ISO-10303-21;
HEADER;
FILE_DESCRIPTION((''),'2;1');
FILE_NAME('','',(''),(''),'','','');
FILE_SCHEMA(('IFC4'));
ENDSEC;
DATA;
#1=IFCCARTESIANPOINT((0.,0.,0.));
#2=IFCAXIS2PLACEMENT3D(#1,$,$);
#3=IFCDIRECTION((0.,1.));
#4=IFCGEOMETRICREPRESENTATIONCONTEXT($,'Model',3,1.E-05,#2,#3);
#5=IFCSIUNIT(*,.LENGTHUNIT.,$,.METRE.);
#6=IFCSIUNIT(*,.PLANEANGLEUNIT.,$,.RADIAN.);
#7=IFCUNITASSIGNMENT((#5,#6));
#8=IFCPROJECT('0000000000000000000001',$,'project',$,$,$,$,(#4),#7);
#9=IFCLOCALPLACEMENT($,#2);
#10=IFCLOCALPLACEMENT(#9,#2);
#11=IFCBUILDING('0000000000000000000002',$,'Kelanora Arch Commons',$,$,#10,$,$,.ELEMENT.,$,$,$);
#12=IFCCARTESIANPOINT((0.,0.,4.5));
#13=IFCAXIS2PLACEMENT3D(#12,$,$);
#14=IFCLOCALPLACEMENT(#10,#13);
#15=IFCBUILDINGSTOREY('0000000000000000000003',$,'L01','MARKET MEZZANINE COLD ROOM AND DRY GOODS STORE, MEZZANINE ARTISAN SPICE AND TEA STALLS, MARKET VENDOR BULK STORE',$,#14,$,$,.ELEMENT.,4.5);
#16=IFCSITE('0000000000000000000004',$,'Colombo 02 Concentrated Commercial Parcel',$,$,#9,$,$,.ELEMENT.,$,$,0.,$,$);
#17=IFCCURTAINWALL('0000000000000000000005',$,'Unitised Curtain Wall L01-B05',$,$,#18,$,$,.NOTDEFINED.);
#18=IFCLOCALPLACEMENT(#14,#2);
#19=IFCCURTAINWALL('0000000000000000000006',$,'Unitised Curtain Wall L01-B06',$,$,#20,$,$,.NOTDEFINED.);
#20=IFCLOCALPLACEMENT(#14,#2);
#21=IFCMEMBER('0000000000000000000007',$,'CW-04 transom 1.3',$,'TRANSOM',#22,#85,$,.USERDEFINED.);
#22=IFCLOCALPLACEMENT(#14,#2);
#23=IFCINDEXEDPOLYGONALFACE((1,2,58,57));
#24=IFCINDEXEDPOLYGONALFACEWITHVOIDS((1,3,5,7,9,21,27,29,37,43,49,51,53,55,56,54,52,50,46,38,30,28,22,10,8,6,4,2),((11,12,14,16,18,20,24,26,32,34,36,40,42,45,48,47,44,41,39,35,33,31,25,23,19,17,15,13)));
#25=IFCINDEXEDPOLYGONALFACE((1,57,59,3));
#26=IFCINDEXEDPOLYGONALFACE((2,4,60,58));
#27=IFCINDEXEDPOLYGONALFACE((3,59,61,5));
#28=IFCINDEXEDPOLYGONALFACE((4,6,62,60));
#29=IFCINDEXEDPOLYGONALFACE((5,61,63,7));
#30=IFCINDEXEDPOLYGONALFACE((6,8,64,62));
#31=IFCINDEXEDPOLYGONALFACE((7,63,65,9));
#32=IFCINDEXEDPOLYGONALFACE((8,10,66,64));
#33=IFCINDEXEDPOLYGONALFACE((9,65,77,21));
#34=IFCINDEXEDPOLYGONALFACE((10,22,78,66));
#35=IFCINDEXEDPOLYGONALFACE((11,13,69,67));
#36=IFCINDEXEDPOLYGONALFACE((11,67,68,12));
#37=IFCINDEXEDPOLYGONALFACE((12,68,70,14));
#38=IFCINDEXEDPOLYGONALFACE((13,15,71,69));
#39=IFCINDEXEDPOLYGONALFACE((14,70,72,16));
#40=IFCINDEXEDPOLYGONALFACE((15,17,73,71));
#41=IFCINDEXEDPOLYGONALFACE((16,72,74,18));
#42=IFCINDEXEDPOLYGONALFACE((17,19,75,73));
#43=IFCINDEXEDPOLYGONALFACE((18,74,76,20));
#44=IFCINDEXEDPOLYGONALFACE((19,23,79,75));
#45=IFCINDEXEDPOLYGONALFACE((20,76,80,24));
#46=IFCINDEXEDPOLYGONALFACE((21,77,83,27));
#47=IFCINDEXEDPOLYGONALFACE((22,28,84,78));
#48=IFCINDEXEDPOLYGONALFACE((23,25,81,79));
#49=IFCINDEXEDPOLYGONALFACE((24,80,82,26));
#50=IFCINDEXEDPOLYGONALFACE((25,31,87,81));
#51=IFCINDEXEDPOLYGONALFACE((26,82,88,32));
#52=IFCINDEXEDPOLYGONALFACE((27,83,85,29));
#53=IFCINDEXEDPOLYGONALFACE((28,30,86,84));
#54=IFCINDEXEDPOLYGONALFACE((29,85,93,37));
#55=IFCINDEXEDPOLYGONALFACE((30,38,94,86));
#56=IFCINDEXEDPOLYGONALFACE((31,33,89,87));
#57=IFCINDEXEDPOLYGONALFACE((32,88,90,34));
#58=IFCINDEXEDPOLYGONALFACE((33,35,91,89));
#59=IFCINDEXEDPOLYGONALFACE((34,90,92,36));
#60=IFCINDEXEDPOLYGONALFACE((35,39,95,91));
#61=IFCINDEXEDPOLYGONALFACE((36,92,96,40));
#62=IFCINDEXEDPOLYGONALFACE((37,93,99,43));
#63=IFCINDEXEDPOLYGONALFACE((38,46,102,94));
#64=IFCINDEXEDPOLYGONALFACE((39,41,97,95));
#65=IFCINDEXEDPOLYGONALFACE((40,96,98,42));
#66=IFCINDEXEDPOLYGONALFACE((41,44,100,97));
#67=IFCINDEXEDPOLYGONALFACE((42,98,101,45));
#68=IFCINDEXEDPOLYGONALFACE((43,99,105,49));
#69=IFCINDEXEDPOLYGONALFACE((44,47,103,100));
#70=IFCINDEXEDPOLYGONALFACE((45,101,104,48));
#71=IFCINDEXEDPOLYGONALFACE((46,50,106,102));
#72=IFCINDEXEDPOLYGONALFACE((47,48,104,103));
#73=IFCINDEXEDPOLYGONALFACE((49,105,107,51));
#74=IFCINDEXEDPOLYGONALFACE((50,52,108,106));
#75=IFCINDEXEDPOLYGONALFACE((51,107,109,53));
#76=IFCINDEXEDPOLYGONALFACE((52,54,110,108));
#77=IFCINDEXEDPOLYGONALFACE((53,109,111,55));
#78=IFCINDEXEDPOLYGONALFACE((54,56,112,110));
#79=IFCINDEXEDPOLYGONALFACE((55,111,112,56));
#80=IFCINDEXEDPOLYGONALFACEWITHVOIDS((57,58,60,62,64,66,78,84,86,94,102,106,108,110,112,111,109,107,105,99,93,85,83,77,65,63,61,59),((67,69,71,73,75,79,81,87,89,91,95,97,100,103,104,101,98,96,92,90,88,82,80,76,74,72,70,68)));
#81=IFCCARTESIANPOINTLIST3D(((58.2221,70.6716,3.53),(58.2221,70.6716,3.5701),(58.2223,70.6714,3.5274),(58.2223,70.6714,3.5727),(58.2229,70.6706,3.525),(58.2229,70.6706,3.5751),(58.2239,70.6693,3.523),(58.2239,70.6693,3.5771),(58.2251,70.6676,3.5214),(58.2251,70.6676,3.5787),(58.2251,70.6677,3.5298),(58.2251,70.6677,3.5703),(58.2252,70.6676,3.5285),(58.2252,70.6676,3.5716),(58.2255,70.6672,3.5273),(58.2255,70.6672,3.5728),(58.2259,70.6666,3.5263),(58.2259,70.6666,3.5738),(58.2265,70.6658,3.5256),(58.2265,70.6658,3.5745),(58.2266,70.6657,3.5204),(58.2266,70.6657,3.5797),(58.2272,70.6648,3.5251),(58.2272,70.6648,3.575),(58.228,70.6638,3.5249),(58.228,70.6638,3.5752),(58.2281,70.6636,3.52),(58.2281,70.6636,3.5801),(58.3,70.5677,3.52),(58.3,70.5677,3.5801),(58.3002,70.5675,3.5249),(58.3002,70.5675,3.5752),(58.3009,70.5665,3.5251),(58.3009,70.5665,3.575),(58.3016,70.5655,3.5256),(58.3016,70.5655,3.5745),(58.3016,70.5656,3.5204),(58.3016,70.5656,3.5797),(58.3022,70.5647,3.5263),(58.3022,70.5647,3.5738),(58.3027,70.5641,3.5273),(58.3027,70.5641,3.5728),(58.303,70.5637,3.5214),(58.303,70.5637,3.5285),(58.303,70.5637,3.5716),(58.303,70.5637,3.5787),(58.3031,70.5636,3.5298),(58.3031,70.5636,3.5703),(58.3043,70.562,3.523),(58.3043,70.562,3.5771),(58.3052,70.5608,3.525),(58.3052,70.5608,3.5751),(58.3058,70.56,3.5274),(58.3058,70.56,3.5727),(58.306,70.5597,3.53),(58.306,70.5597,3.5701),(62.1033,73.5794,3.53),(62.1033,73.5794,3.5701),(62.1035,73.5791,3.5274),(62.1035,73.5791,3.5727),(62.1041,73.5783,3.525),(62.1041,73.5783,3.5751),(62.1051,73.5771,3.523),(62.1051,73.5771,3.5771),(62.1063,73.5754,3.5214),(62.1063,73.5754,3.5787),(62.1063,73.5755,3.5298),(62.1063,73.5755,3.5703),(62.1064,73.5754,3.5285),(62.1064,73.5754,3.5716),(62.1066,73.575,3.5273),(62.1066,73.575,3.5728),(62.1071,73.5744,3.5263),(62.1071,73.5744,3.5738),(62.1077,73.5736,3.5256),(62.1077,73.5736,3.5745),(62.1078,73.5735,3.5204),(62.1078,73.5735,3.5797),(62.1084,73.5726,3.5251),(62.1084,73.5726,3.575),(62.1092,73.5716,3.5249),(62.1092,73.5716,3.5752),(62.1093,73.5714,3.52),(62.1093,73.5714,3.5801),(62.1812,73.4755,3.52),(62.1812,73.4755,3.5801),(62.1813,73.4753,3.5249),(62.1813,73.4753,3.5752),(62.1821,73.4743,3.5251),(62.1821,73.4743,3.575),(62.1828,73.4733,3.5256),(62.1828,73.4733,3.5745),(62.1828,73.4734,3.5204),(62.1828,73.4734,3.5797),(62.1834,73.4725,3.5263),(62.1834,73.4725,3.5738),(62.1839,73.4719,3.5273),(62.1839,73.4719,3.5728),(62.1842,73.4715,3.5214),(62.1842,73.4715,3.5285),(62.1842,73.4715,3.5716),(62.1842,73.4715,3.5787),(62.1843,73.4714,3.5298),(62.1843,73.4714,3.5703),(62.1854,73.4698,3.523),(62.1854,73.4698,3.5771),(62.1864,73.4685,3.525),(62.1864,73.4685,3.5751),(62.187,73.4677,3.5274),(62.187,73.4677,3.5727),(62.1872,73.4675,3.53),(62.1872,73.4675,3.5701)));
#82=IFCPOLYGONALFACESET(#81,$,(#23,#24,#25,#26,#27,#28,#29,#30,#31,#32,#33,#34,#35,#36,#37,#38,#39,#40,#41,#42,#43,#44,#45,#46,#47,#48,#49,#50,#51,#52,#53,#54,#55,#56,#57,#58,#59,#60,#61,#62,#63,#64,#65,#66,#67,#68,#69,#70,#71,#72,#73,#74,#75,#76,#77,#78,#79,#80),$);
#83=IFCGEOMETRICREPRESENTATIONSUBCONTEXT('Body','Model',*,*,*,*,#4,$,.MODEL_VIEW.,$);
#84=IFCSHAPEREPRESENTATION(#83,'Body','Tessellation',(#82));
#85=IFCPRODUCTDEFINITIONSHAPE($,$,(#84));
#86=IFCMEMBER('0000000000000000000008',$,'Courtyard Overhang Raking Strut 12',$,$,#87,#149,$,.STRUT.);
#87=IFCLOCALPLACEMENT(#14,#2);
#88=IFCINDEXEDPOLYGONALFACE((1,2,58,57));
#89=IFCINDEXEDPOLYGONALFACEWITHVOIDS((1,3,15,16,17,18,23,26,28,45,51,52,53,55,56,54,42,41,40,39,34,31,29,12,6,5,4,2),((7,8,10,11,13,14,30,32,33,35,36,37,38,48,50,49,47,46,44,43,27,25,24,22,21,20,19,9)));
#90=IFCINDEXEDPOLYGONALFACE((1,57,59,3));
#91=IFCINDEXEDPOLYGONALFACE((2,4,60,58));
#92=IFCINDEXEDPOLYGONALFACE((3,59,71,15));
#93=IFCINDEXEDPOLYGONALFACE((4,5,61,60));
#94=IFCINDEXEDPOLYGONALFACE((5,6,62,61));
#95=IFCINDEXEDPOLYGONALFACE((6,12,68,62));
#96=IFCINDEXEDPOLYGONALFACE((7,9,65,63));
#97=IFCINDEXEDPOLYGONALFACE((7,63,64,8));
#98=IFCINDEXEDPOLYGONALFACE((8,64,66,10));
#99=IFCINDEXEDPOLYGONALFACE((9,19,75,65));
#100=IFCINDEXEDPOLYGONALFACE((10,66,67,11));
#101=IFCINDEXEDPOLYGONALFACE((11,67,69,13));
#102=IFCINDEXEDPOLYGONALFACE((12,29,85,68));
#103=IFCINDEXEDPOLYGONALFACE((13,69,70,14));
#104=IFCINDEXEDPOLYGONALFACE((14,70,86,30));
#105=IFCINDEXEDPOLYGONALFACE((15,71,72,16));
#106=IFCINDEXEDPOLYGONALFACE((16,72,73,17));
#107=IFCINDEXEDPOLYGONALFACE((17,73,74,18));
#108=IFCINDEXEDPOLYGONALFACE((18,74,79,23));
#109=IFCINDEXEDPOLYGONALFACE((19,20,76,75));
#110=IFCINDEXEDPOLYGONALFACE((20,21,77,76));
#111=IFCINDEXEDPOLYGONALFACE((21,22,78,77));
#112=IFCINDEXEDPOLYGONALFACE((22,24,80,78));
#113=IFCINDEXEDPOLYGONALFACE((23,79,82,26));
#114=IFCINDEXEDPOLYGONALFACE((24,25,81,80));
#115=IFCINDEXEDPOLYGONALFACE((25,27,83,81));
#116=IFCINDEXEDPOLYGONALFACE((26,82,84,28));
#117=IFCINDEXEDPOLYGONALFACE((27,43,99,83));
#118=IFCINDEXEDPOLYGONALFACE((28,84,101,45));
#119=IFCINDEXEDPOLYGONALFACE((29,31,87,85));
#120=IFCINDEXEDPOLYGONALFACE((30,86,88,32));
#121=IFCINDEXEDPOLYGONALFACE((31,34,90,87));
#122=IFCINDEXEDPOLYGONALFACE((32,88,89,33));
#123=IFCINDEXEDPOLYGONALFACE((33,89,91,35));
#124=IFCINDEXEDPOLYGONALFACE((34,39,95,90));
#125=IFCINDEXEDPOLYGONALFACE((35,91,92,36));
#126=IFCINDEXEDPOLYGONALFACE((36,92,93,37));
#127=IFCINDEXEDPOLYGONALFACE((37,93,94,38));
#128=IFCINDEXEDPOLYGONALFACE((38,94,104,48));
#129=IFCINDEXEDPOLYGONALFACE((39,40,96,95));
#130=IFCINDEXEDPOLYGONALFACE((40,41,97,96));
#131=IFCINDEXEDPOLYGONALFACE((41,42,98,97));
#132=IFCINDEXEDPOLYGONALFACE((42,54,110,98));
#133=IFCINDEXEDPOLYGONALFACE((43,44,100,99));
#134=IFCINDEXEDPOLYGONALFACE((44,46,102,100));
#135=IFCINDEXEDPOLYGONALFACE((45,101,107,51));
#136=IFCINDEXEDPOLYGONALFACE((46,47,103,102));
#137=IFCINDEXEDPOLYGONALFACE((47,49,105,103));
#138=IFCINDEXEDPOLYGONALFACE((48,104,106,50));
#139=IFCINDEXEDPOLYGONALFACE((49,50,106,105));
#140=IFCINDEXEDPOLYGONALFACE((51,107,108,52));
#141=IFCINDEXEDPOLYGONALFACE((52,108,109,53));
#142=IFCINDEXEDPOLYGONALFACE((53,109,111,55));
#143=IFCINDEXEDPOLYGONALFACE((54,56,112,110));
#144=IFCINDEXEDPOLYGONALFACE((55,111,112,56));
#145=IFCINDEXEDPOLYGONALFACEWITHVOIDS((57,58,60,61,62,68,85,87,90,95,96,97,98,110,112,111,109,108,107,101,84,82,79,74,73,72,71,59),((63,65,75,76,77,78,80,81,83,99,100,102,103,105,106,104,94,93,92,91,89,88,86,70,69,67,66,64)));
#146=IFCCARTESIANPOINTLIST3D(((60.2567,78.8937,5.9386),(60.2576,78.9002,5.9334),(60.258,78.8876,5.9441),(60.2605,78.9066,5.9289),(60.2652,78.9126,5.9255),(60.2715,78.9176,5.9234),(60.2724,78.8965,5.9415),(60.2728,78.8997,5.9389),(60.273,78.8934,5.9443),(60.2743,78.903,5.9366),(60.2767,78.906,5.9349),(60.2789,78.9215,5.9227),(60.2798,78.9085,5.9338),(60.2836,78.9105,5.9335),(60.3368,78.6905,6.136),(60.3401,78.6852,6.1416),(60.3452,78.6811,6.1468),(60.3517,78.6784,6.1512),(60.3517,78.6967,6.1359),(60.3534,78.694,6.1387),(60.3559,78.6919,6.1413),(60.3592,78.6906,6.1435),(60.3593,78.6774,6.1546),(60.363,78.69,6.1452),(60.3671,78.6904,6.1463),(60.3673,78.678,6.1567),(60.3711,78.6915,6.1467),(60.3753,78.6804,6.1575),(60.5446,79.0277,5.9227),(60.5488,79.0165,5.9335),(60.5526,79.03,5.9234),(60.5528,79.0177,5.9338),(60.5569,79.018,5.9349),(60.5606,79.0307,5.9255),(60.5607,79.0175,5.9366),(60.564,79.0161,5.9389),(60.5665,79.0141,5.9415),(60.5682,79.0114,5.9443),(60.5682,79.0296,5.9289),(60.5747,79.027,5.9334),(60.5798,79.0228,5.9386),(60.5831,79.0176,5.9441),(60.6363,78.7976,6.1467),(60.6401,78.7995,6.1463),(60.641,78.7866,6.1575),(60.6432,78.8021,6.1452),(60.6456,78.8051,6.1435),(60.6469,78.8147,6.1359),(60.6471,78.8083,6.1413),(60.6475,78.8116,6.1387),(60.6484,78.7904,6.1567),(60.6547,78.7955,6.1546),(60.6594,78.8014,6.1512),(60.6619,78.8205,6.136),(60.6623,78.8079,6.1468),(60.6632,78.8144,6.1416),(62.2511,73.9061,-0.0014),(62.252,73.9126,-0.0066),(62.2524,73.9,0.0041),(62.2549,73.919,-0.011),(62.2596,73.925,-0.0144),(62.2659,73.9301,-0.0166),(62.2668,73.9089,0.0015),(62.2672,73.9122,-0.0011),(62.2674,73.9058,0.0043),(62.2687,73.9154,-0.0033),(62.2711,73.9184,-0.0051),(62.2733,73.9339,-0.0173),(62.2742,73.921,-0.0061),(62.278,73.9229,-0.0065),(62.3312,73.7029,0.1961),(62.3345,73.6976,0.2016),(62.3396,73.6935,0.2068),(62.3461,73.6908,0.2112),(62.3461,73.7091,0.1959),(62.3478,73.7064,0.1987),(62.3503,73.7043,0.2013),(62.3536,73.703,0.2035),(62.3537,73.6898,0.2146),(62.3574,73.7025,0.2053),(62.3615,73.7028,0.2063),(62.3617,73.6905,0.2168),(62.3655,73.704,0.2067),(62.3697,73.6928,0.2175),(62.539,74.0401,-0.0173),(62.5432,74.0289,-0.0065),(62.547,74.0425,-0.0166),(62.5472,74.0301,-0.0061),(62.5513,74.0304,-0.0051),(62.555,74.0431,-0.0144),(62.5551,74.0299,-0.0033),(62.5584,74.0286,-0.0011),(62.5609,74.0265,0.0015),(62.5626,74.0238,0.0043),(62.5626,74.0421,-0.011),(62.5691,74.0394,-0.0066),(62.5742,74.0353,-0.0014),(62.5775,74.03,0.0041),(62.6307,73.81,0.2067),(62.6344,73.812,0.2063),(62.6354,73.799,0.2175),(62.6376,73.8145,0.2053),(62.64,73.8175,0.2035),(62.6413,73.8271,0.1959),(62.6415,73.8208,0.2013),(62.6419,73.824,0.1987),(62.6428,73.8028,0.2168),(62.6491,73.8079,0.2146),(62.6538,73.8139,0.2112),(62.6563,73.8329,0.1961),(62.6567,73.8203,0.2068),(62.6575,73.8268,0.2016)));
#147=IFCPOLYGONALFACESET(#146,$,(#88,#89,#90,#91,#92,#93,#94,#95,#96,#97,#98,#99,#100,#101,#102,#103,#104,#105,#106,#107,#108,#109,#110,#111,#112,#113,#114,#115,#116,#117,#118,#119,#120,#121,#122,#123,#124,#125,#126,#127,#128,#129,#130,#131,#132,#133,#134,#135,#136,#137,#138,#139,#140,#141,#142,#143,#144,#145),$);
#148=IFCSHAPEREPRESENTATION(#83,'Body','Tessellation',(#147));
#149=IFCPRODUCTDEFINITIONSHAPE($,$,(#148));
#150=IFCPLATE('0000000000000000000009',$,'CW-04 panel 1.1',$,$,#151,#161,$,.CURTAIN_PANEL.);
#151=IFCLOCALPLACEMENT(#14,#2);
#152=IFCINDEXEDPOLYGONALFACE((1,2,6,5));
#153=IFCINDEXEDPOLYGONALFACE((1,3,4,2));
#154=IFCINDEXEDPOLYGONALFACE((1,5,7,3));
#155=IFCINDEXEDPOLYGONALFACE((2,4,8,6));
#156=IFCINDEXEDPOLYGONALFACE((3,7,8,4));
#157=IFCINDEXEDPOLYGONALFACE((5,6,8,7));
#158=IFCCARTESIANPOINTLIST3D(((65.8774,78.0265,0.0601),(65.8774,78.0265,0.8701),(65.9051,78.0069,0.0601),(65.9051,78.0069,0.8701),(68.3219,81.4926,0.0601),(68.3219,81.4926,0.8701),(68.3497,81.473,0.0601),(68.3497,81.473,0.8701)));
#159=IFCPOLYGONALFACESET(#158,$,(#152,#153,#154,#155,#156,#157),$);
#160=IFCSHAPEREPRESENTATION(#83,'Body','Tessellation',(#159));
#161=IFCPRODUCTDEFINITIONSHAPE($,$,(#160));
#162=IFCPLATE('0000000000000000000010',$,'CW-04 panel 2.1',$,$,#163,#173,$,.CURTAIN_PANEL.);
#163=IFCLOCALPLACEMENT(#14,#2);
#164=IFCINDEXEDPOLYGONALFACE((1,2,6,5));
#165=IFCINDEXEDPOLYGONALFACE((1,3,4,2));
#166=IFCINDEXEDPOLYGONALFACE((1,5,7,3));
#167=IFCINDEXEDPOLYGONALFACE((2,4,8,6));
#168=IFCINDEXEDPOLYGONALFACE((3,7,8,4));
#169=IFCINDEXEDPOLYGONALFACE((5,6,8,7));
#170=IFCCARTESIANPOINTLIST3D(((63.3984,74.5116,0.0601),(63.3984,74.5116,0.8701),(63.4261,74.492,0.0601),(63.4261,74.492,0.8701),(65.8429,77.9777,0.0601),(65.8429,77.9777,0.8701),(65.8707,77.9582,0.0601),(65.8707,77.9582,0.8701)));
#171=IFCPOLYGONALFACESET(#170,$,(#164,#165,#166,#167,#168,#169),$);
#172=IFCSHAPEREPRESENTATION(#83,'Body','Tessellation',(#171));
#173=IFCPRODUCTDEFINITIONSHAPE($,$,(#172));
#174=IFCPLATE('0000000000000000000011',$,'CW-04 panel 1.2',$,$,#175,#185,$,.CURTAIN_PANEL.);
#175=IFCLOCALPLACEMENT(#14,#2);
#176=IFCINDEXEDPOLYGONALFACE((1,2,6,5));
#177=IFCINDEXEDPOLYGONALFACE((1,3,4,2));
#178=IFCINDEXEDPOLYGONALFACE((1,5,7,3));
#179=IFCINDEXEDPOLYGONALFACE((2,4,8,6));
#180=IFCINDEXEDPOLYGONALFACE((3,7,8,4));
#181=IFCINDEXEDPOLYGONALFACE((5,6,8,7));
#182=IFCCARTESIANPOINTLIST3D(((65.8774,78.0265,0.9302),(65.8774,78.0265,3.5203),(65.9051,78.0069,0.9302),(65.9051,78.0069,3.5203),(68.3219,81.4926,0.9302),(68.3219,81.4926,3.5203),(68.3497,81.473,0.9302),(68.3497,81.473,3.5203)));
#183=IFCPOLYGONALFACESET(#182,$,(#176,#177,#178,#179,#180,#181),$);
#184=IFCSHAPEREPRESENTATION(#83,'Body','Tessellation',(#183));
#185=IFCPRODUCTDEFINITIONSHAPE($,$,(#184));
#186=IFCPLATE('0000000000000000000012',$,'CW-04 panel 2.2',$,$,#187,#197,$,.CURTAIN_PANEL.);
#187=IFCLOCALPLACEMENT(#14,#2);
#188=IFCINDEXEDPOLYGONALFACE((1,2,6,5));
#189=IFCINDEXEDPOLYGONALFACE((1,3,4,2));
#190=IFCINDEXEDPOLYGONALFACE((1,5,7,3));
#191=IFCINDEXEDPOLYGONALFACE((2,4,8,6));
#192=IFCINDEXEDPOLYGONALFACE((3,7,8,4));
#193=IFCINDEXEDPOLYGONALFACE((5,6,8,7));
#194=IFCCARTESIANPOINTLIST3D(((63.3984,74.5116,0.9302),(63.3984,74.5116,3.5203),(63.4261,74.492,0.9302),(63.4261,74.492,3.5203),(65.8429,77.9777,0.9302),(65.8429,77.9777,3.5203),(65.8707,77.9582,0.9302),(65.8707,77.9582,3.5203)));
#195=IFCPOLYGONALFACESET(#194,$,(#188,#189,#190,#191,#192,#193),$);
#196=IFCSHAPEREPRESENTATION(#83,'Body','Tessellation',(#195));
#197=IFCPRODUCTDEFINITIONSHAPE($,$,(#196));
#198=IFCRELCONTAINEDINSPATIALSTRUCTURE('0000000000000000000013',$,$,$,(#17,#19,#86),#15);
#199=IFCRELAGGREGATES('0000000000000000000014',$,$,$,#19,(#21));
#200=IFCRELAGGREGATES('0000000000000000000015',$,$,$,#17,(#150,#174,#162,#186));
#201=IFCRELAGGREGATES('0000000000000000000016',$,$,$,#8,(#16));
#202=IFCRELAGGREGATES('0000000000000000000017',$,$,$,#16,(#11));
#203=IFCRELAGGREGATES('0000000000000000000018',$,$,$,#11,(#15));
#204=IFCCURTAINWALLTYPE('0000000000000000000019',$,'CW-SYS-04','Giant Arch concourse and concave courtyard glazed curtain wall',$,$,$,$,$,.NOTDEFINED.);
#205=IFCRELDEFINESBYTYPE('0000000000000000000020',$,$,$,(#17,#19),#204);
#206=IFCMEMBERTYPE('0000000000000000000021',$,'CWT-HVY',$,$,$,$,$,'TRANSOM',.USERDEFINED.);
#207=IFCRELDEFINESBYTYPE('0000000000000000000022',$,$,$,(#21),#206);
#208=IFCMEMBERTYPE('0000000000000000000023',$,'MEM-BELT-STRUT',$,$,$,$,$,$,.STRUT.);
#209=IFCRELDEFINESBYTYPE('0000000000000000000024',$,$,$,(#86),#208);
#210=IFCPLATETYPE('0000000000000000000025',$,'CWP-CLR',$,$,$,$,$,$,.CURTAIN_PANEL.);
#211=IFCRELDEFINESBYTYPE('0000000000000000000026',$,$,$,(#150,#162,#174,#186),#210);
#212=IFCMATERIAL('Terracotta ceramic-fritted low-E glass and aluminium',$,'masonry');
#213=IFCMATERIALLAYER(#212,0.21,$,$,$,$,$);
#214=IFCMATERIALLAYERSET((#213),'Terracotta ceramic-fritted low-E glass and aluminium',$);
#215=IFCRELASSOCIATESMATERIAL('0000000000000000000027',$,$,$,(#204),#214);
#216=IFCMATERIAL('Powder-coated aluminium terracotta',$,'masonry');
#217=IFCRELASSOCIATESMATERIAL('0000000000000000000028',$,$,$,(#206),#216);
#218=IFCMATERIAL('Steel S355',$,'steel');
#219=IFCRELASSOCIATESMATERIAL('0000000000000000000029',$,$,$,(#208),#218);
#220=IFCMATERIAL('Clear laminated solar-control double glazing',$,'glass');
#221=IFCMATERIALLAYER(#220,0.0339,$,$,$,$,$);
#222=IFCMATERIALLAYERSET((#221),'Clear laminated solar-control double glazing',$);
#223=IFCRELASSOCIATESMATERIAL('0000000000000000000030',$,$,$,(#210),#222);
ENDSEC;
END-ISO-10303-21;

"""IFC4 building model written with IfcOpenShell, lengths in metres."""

from ifc_helpers import new_model, si_unit, direction, frame, origin, origin_2d, place, context, subcontext, project, spatial, rectangle, hollow_rectangle, extrude, source, transform, mapped, material, layer, layer_set, material_profile, profile_set, type_object, element, aggregate, save


model = new_model("IFC4")

# Units and contexts
model_context = context("Model", 3, precision=1e-05, world=origin(), true_north=direction((0.0, 1.0)))
body_context = subcontext(model_context, "Body", "Model", "MODEL_VIEW")
ifc_project = project(units=[si_unit("LENGTHUNIT", "METRE"), si_unit("PLANEANGLEUNIT", "RADIAN")], contexts=[model_context])

# Site, building, storey
site_placement = place(None, origin())
site = spatial("IfcSite", under=ifc_project, at=site_placement, Name="Colombo 02 Concentrated Commercial Parcel", CompositionType="ELEMENT", RefElevation=0.0)
building_placement = place(site_placement, origin())
building = spatial("IfcBuilding", under=site, at=building_placement, Name="Kelanora Arch Commons", CompositionType="ELEMENT")
storey_placement = place(building_placement, frame((0.0, 0.0, 4.5)))
storey = spatial("IfcBuildingStorey", under=building, at=storey_placement, Name="L01", Description="MARKET MEZZANINE COLD ROOM AND DRY GOODS STORE, MEZZANINE ARTISAN SPICE AND TEA STALLS, MARKET VENDOR BULK STORE", CompositionType="ELEMENT", Elevation=4.5)

# Shared definitions
ifc_material_1 = material(Name="Steel S355", Category="steel")

# Curtain wall
ifc_material_2 = material(Name="Terracotta ceramic-fritted low-E glass and aluminium", Category="masonry")
ifc_layer_1 = layer(ifc_material_2, 0.21)
ifc_layer_set_1 = layer_set([ifc_layer_1], Name="Terracotta ceramic-fritted low-E glass and aluminium")
curtain_wall_type = type_object("IfcCurtainWallType", Name="CW-SYS-04", Description="Giant Arch concourse and concave courtyard glazed curtain wall", PredefinedType="NOTDEFINED", material=ifc_layer_set_1)
curtain_wall_1_placement = place(storey_placement, origin())
curtain_wall_1 = element("IfcCurtainWall", 1, at=curtain_wall_1_placement, inside=storey, type_object=curtain_wall_type, Name="Unitised Curtain Wall L01-B05", PredefinedType="NOTDEFINED")
ifc_material_3 = material(Name="Powder-coated aluminium terracotta", Category="masonry")

# Curtain wall
curtain_wall_2_placement = place(storey_placement, origin())
curtain_wall_2 = element("IfcCurtainWall", 2, at=curtain_wall_2_placement, inside=storey, type_object=curtain_wall_type, Name="Unitised Curtain Wall L01-B06", PredefinedType="NOTDEFINED")

# Members
ifc_material_profile_1 = material_profile(ifc_material_3, hollow_rectangle(XDim=0.1399, YDim=0.0601, WallThickness=0.0049, InnerFilletRadius=0.0049, OuterFilletRadius=0.01, at=origin_2d()), Name="CWT140x60")
ifc_profile_set_1 = profile_set([ifc_material_profile_1], Name="Powder-coated aluminium terracotta")
member_type_1 = type_object("IfcMemberType", Name="CWT-HVY", ElementType="TRANSOM", PredefinedType="USERDEFINED", material=ifc_profile_set_1)
member_1_placement = place(storey_placement, frame((62.1453, 73.5234, 3.55), z_axis=(-0.800308, -0.599589, 0.0), x_axis=(0.599589, -0.800308, 0.0)))
member_1 = element("IfcMember", 3, at=member_1_placement, type_object=member_type_1, Name="CW-04 transom 1.3", ObjectType="TRANSOM", PredefinedType="USERDEFINED", context=body_context, shape_type="SweptSolid", body=[
    extrude(hollow_rectangle(XDim=0.1399, YDim=0.0601, WallThickness=0.0049, InnerFilletRadius=0.0049, OuterFilletRadius=0.01, at=origin_2d()), origin(), (0.0, 0.0, 1.0), 4.8496),
])
aggregate(curtain_wall_2, [member_1])
ifc_material_profile_2 = material_profile(ifc_material_1, hollow_rectangle(XDim=0.3501, YDim=0.3501, WallThickness=0.0161, InnerFilletRadius=0.0161, OuterFilletRadius=0.032, at=origin_2d()), Name="SHS350x350x16")
ifc_profile_set_2 = profile_set([ifc_material_profile_2], Name="Steel S355")
member_type_2 = type_object("IfcMemberType", Name="MEM-BELT-STRUT", PredefinedType="STRUT", material=ifc_profile_set_2)
member_2_placement = place(storey_placement, frame((62.4543, 73.8665, 0.1001), z_axis=(-0.249033, 0.622782, 0.741704), x_axis=(-0.928517, -0.371289, 0.0)))
element("IfcMember", 4, at=member_2_placement, inside=storey, type_object=member_type_2, Name="Courtyard Overhang Raking Strut 12", PredefinedType="STRUT", context=body_context, shape_type="SweptSolid", body=[
    extrude(hollow_rectangle(XDim=0.3501, YDim=0.3501, WallThickness=0.0161, InnerFilletRadius=0.0161, OuterFilletRadius=0.032, at=origin_2d()), origin(), (0.0, 0.0, 1.0), 8.0085),
])

# Plates
ifc_material_4 = material(Name="Clear laminated solar-control double glazing", Category="glass")
ifc_layer_2 = layer(ifc_material_4, 0.0339)
ifc_layer_set_2 = layer_set([ifc_layer_2], Name="Clear laminated solar-control double glazing")
plate_type = type_object("IfcPlateType", Name="CWP-CLR", PredefinedType="CURTAIN_PANEL", material=ifc_layer_set_2)
shared_shape_1 = source(origin(), body_context, "Body", "SweptSolid", [
    extrude(rectangle(XDim=4.2415, YDim=0.0339, at=origin_2d()), origin(), (0.0, 0.0, 1.0), 0.8101),
])
plate_1_placement = place(storey_placement, frame((67.1135, 79.7498, 0.0601), z_axis=(0.0, 0.0, 1.0), x_axis=(-0.576345, -0.817206, 0.0)))
plate_1 = element("IfcPlate", 5, at=plate_1_placement, type_object=plate_type, Name="CW-04 panel 1.1", PredefinedType="CURTAIN_PANEL", context=body_context, shape_type="MappedRepresentation", body=[
    mapped(shared_shape_1, transform((0.0, 0.0, 0.0), scale=1.0)),
])
plate_2_placement = place(storey_placement, frame((64.6345, 76.2349, 0.0601), z_axis=(0.0, 0.0, 1.0), x_axis=(-0.576345, -0.817206, 0.0)))
plate_2 = element("IfcPlate", 6, at=plate_2_placement, type_object=plate_type, Name="CW-04 panel 2.1", PredefinedType="CURTAIN_PANEL", context=body_context, shape_type="MappedRepresentation", body=[
    mapped(shared_shape_1, transform((0.0, 0.0, 0.0), scale=1.0)),
])
shared_shape_2 = source(origin(), body_context, "Body", "SweptSolid", [
    extrude(rectangle(XDim=4.2415, YDim=0.0339, at=origin_2d()), origin(), (0.0, 0.0, 1.0), 2.5901),
])
plate_3_placement = place(storey_placement, frame((67.1135, 79.7498, 0.9302), z_axis=(0.0, 0.0, 1.0), x_axis=(-0.576345, -0.817206, 0.0)))
plate_3 = element("IfcPlate", 7, at=plate_3_placement, type_object=plate_type, Name="CW-04 panel 1.2", PredefinedType="CURTAIN_PANEL", context=body_context, shape_type="MappedRepresentation", body=[
    mapped(shared_shape_2, transform((0.0, 0.0, 0.0), scale=1.0)),
])
plate_4_placement = place(storey_placement, frame((64.6345, 76.2349, 0.9302), z_axis=(0.0, 0.0, 1.0), x_axis=(-0.576345, -0.817206, 0.0)))
plate_4 = element("IfcPlate", 8, at=plate_4_placement, type_object=plate_type, Name="CW-04 panel 2.2", PredefinedType="CURTAIN_PANEL", context=body_context, shape_type="MappedRepresentation", body=[
    mapped(shared_shape_2, transform((0.0, 0.0, 0.0), scale=1.0)),
])
aggregate(curtain_wall_1, [plate_1, plate_3, plate_2, plate_4])

save(model, "model.ifc")
